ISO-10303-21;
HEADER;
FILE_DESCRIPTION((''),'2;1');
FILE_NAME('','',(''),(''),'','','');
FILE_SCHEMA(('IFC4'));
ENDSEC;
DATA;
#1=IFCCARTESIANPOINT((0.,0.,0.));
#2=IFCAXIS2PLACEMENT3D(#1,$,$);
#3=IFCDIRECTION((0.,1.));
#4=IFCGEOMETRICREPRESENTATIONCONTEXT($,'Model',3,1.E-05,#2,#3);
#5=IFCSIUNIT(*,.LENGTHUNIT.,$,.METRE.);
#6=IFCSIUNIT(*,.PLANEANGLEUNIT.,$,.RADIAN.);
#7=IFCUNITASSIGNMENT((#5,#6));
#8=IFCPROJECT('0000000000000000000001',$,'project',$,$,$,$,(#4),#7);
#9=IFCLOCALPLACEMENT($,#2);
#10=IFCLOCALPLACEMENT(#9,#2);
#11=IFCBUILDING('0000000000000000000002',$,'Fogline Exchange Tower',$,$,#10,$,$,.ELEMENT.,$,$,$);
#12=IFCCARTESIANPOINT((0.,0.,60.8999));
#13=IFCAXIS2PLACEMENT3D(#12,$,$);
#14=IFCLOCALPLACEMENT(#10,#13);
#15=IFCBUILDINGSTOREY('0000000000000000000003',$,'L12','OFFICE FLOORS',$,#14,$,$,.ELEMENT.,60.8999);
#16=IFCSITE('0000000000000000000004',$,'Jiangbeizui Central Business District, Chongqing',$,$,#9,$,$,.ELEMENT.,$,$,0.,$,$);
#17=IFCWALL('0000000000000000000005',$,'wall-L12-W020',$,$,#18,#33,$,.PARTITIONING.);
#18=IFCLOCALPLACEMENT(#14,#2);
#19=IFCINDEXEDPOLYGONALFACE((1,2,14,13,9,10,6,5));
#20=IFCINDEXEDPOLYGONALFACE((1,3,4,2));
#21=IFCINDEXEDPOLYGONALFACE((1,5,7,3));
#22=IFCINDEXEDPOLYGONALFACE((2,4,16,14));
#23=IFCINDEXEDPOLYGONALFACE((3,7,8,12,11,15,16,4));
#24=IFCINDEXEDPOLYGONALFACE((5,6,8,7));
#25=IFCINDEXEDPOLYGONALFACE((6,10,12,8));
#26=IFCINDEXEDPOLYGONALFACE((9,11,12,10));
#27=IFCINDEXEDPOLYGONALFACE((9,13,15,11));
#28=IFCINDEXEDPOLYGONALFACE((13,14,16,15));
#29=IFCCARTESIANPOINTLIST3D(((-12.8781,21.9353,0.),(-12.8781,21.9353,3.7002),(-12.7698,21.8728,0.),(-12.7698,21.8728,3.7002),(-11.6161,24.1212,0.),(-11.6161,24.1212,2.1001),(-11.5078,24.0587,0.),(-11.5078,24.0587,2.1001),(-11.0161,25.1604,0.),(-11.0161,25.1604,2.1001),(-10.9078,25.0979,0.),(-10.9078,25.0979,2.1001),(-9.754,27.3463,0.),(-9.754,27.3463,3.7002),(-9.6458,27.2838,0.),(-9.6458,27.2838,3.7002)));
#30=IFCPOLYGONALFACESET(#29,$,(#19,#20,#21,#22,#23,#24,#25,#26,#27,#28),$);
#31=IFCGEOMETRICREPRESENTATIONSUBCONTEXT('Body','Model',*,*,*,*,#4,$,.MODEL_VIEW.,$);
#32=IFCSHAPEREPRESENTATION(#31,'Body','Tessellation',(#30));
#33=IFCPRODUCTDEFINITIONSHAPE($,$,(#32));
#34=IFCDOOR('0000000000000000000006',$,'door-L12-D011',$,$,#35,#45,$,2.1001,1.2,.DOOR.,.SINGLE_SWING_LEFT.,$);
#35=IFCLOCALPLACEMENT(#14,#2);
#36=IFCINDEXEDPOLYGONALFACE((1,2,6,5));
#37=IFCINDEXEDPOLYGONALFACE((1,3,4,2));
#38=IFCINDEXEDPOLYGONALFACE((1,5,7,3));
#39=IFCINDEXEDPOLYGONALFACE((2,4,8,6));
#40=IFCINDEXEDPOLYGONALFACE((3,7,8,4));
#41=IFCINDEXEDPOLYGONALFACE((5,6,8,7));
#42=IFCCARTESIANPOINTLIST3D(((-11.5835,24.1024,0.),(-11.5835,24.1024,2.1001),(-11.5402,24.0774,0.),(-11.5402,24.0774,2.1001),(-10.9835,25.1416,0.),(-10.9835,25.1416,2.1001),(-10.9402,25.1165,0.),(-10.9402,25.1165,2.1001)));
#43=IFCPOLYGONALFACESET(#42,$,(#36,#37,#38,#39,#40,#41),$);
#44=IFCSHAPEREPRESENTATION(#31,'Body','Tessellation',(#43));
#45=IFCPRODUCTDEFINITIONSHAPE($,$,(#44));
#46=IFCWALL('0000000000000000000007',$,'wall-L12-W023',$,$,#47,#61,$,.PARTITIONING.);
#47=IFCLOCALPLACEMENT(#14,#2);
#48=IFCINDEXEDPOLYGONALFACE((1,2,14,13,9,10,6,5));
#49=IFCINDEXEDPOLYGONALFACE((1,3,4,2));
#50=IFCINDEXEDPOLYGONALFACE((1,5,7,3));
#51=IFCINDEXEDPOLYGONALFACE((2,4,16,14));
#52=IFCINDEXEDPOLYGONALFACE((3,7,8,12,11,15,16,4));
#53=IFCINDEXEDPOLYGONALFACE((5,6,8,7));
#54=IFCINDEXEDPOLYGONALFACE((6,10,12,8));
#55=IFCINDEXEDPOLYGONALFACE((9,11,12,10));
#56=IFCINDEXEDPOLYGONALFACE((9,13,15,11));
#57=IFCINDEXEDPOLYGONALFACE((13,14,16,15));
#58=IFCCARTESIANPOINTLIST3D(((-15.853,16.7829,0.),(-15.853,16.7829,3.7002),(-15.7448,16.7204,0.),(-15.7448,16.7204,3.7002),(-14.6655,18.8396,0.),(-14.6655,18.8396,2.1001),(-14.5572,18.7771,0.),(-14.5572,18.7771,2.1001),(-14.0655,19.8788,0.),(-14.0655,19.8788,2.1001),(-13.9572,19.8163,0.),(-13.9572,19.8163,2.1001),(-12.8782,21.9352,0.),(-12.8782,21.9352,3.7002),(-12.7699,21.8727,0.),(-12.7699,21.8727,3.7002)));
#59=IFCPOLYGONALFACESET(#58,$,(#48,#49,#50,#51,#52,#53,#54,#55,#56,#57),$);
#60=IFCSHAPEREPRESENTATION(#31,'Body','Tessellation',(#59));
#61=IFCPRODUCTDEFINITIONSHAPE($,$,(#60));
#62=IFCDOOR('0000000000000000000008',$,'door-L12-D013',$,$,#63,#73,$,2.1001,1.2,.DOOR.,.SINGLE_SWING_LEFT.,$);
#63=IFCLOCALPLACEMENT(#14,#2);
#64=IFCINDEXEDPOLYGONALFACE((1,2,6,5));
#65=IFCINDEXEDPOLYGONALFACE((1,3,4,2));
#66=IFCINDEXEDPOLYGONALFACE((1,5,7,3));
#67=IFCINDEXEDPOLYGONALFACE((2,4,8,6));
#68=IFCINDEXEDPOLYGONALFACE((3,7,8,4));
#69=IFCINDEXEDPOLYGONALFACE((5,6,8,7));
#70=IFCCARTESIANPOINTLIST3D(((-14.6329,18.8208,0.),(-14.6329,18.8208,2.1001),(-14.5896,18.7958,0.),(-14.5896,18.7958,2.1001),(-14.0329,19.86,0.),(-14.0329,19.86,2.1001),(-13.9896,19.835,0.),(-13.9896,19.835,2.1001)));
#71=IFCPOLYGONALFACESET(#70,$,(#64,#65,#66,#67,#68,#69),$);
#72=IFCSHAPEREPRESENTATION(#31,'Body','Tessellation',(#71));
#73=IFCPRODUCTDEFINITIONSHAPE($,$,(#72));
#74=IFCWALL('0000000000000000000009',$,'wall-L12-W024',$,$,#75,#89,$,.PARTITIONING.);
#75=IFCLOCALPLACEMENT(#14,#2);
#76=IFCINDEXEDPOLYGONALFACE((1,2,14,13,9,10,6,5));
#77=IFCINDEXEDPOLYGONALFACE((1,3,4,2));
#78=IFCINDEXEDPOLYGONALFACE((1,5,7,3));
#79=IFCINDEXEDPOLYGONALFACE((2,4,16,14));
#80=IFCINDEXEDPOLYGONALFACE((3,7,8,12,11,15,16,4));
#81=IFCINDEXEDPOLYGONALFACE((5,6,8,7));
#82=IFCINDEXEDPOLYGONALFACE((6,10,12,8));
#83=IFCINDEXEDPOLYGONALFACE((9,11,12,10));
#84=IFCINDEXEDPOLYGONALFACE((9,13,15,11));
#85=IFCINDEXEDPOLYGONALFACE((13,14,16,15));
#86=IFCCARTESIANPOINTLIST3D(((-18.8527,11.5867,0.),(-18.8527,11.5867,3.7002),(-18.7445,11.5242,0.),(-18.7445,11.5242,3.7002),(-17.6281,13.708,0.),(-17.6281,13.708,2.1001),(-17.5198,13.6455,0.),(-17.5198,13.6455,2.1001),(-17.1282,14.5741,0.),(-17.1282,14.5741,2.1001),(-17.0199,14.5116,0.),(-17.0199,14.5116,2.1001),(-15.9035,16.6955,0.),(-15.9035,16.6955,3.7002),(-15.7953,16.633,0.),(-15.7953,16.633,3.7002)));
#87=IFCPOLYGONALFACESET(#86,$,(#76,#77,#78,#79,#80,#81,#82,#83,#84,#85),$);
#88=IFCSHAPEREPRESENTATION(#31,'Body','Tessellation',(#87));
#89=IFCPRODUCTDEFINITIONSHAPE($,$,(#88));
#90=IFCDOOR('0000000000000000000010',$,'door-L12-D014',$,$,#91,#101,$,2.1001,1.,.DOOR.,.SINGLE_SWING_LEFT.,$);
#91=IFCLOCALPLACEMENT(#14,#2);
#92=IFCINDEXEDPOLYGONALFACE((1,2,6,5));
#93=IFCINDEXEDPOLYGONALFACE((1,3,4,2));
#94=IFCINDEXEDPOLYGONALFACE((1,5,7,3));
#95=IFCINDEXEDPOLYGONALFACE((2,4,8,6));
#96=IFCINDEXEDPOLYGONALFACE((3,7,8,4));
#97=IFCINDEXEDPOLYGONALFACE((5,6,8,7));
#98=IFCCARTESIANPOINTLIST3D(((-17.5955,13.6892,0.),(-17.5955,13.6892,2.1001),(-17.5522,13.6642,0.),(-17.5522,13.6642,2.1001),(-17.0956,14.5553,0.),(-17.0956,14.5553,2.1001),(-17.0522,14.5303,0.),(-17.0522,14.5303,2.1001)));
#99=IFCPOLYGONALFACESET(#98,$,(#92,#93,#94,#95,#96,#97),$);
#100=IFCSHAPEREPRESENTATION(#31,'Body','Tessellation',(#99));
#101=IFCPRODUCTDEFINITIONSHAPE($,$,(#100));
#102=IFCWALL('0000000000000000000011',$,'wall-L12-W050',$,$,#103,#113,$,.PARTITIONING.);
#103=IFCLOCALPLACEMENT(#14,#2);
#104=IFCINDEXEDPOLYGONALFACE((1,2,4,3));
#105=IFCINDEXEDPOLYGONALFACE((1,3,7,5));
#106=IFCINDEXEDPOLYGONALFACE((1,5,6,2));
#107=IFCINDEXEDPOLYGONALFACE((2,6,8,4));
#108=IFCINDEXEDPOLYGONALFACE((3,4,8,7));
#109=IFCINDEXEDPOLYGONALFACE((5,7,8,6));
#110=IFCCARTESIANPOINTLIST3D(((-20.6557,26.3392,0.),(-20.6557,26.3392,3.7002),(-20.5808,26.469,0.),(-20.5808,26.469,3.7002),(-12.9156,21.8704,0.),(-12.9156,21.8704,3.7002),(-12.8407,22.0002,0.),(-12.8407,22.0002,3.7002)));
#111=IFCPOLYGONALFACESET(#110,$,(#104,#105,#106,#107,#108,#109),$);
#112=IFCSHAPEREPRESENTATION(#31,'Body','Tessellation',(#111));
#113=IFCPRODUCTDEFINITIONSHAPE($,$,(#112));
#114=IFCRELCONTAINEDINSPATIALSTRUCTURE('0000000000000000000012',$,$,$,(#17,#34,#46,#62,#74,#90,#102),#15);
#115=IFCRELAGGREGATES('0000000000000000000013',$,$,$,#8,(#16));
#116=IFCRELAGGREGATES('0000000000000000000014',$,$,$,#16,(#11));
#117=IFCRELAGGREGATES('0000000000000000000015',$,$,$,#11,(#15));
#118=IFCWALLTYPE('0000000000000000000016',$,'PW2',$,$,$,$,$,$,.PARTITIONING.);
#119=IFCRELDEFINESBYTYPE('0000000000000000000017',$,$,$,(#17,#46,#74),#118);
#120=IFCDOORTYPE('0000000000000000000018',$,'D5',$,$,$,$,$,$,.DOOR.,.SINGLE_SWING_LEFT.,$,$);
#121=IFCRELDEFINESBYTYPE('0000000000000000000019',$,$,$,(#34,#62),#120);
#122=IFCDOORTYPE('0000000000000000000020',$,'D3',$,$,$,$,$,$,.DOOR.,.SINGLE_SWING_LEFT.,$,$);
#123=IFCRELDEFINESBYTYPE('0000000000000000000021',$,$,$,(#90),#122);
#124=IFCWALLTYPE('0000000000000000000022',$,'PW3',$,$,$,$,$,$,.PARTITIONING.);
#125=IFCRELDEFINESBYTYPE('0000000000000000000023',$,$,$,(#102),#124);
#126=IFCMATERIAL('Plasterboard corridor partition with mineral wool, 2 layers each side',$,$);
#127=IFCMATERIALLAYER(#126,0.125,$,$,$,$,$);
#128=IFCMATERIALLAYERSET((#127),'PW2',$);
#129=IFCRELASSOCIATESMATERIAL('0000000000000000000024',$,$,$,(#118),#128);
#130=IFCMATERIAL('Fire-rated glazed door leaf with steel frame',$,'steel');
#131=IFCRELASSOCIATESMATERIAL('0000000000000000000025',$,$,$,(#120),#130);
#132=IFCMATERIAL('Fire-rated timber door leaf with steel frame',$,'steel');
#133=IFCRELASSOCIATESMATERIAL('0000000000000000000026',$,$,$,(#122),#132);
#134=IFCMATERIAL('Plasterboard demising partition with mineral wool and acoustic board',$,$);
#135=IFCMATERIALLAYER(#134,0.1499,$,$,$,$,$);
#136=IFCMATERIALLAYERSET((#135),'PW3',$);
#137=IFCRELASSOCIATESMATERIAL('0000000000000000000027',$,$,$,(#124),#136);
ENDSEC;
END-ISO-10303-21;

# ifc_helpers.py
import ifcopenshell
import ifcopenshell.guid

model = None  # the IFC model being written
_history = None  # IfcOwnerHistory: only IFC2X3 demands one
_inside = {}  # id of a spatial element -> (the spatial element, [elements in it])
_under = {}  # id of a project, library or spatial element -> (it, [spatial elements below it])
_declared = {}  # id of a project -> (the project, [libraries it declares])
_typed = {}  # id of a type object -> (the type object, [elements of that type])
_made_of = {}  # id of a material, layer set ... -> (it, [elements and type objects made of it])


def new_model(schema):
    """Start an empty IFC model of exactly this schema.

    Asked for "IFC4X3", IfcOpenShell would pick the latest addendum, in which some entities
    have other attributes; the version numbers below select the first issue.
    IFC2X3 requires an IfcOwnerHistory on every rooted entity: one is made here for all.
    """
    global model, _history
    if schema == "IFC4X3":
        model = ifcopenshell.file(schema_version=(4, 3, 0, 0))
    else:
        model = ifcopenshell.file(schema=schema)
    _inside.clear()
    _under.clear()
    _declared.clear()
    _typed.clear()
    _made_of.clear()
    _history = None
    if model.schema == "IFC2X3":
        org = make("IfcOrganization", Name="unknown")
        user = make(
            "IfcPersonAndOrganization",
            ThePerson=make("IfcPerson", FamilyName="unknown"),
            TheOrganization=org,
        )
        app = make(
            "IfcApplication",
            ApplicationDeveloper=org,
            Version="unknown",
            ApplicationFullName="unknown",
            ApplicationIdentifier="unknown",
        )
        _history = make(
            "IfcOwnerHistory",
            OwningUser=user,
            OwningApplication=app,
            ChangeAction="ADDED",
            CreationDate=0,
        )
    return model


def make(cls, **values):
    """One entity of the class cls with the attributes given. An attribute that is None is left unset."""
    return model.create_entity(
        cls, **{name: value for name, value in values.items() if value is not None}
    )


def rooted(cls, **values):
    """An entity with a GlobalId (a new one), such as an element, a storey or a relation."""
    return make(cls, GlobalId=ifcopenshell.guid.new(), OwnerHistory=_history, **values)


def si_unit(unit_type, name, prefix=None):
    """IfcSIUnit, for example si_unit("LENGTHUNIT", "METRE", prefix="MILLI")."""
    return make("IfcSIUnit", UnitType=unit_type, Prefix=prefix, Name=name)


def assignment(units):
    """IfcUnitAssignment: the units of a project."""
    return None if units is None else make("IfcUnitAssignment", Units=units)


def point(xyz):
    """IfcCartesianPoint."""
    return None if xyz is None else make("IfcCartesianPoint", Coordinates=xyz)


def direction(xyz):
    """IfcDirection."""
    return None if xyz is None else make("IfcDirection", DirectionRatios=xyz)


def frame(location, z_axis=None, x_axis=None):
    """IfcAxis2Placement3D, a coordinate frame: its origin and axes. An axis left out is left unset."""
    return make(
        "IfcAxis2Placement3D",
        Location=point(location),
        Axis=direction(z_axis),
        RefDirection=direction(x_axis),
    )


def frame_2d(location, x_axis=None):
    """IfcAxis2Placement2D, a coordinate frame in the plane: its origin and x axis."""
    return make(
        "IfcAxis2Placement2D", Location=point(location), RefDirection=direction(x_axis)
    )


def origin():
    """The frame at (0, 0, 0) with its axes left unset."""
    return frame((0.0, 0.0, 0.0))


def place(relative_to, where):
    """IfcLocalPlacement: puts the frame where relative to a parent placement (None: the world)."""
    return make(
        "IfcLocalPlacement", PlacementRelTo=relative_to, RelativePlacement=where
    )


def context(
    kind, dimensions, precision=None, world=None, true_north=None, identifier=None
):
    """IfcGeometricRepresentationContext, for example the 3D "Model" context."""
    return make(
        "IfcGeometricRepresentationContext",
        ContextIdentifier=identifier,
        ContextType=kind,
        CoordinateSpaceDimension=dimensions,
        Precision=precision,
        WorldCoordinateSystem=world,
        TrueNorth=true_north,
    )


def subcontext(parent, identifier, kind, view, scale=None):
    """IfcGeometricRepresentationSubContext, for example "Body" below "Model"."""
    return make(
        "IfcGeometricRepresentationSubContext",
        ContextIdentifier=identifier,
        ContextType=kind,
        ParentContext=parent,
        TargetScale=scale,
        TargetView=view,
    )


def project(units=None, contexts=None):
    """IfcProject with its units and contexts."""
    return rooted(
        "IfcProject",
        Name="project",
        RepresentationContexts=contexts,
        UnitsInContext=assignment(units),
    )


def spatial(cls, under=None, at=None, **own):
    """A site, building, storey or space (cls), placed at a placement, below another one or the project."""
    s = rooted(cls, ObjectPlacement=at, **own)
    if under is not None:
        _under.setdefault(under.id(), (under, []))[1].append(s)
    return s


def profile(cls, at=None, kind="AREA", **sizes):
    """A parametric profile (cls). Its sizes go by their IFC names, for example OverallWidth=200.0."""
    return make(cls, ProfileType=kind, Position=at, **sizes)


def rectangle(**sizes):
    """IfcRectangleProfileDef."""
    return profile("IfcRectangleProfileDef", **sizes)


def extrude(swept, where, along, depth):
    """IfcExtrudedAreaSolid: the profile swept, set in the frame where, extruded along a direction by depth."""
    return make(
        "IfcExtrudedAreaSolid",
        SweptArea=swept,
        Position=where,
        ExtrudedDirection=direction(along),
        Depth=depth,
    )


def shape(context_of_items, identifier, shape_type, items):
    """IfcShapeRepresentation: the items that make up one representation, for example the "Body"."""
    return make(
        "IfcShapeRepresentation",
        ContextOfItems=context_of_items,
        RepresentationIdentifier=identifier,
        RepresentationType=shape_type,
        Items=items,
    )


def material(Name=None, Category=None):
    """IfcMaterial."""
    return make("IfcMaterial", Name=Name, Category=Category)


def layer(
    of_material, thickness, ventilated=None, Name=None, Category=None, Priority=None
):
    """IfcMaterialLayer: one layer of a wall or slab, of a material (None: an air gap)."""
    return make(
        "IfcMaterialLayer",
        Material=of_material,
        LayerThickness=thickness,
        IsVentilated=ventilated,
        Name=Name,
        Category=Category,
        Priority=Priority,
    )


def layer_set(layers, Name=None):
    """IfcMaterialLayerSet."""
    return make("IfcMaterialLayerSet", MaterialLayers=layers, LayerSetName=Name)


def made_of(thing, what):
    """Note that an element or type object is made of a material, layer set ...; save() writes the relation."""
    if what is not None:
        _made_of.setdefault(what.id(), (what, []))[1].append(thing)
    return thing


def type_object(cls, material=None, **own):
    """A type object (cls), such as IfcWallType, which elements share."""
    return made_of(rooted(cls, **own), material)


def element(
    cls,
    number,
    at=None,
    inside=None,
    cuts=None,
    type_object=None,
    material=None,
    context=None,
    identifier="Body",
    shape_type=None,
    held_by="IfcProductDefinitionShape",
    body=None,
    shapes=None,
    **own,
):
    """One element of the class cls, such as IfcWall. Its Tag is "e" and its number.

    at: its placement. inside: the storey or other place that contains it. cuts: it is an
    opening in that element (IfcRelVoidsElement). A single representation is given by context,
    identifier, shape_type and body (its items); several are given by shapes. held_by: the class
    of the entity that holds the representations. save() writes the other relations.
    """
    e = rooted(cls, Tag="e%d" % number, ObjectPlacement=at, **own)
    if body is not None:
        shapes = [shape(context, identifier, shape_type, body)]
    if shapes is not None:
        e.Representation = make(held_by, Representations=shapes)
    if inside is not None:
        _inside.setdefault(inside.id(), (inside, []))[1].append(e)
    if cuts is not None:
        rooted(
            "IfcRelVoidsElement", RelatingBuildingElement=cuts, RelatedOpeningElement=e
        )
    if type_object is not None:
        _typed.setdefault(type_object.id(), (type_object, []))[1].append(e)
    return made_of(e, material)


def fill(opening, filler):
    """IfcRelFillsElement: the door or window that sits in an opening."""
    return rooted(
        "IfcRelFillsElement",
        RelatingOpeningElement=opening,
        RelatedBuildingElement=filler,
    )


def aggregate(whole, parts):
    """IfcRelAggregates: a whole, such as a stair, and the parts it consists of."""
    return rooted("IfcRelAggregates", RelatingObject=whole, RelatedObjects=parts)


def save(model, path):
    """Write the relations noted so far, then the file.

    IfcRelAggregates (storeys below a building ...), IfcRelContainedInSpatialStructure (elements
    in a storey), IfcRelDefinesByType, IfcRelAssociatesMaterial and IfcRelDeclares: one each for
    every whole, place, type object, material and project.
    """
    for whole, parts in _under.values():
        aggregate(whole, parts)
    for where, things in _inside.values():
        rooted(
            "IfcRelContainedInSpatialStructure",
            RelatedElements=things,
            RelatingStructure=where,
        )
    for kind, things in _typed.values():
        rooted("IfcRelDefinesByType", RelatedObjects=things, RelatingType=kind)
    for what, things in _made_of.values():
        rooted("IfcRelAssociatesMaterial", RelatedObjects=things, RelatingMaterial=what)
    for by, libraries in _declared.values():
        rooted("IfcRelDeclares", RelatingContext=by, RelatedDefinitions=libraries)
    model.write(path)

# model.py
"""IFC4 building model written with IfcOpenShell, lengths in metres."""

from ifc_helpers import new_model, si_unit, direction, frame, frame_2d, origin, place, context, subcontext, project, spatial, rectangle, extrude, material, layer, layer_set, type_object, element, fill, save


model = new_model("IFC4")

# Units and contexts
model_context = context("Model", 3, precision=1e-05, world=origin(), true_north=direction((0.0, 1.0)))
body_context = subcontext(model_context, "Body", "Model", "MODEL_VIEW")
ifc_project = project(units=[si_unit("LENGTHUNIT", "METRE"), si_unit("PLANEANGLEUNIT", "RADIAN")], contexts=[model_context])

# Site, building, storey
site_placement = place(None, origin())
site = spatial("IfcSite", under=ifc_project, at=site_placement, Name="Jiangbeizui Central Business District, Chongqing", CompositionType="ELEMENT", RefElevation=0.0)
building_placement = place(site_placement, origin())
building = spatial("IfcBuilding", under=site, at=building_placement, Name="Fogline Exchange Tower", CompositionType="ELEMENT")
storey_placement = place(building_placement, frame((0.0, 0.0, 60.8999)))
storey = spatial("IfcBuildingStorey", under=building, at=storey_placement, Name="L12", Description="OFFICE FLOORS", CompositionType="ELEMENT", Elevation=60.8999)

# Shared definitions
ifc_material_1 = material(Name="Plasterboard corridor partition with mineral wool, 2 layers each side")
ifc_layer_1 = layer(ifc_material_1, 0.125)
ifc_layer_set_1 = layer_set([ifc_layer_1], Name="PW2")
wall_type_1 = type_object("IfcWallType", Name="PW2", PredefinedType="PARTITIONING", material=ifc_layer_set_1)

# Walls, openings, doors
wall_1_placement = place(storey_placement, frame((-12.824, 21.9041, 0.0), z_axis=(0.0, 0.0, 1.0), x_axis=(0.500005, 0.866022, 0.0)))
wall_1 = element("IfcWall", 1, at=wall_1_placement, inside=storey, type_object=wall_type_1, Name="wall-L12-W020", PredefinedType="PARTITIONING", context=body_context, shape_type="SweptSolid", body=[
    extrude(rectangle(XDim=6.248, YDim=0.125, at=frame_2d((3.124, 0.0))), origin(), (0.0, 0.0, 1.0), 3.7002),
])
opening_1_placement = place(wall_1_placement, frame((2.5239, 0.0, 0.0)))
opening_1 = element("IfcOpeningElement", 2, at=opening_1_placement, cuts=wall_1, PredefinedType="OPENING", context=body_context, shape_type="SweptSolid", body=[
    extrude(rectangle(XDim=1.2, YDim=2.1001, at=frame_2d((0.6001, 1.05))), frame((0.0, 0.0725, 0.0), z_axis=(0.0, -1.0, 0.0), x_axis=(1.0, 0.0, 0.0)), (0.0, 0.0, 1.0), 0.145),
])
ifc_material_2 = material(Name="Fire-rated glazed door leaf with steel frame", Category="steel")
door_type_1 = type_object("IfcDoorType", Name="D5", OperationType="SINGLE_SWING_LEFT", PredefinedType="DOOR", material=ifc_material_2)
door_1_placement = place(opening_1_placement, origin())
door_1 = element("IfcDoor", 3, at=door_1_placement, inside=storey, type_object=door_type_1, Name="door-L12-D011", OperationType="SINGLE_SWING_LEFT", OverallHeight=2.1001, OverallWidth=1.2, PredefinedType="DOOR", context=body_context, shape_type="SweptSolid", body=[
    extrude(rectangle(XDim=1.2, YDim=2.1001, at=frame_2d((0.6001, 1.05))), frame((0.0, 0.0249, 0.0), z_axis=(0.0, -1.0, 0.0), x_axis=(1.0, 0.0, 0.0)), (0.0, 0.0, 1.0), 0.05),
])
fill(opening_1, door_1)
wall_2_placement = place(storey_placement, frame((-15.7988, 16.7517, 0.0), z_axis=(0.0, 0.0, 1.0), x_axis=(0.500018, 0.866015, 0.0)))
wall_2 = element("IfcWall", 4, at=wall_2_placement, inside=storey, type_object=wall_type_1, Name="wall-L12-W023", PredefinedType="PARTITIONING", context=body_context, shape_type="SweptSolid", body=[
    extrude(rectangle(XDim=5.9495, YDim=0.125, at=frame_2d((2.9746, 0.0))), origin(), (0.0, 0.0, 1.0), 3.7002),
])
opening_2_placement = place(wall_2_placement, frame((2.3748, 0.0, 0.0)))
opening_2 = element("IfcOpeningElement", 5, at=opening_2_placement, cuts=wall_2, PredefinedType="OPENING", context=body_context, shape_type="SweptSolid", body=[
    extrude(rectangle(XDim=1.2, YDim=2.1001, at=frame_2d((0.6001, 1.05))), frame((0.0, 0.0725, 0.0), z_axis=(0.0, -1.0, 0.0), x_axis=(1.0, 0.0, 0.0)), (0.0, 0.0, 1.0), 0.145),
])
door_2_placement = place(opening_2_placement, origin())
door_2 = element("IfcDoor", 6, at=door_2_placement, inside=storey, type_object=door_type_1, Name="door-L12-D013", OperationType="SINGLE_SWING_LEFT", OverallHeight=2.1001, OverallWidth=1.2, PredefinedType="DOOR", context=body_context, shape_type="SweptSolid", body=[
    extrude(rectangle(XDim=1.2, YDim=2.1001, at=frame_2d((0.6001, 1.05))), frame((0.0, 0.0249, 0.0), z_axis=(0.0, -1.0, 0.0), x_axis=(1.0, 0.0, 0.0)), (0.0, 0.0, 1.0), 0.05),
])
fill(opening_2, door_2)
wall_3_placement = place(storey_placement, frame((-18.7986, 11.5554, 0.0), z_axis=(0.0, 0.0, 1.0), x_axis=(0.499949, 0.866055, 0.0)))
wall_3 = element("IfcWall", 7, at=wall_3_placement, inside=storey, type_object=wall_type_1, Name="wall-L12-W024", PredefinedType="PARTITIONING", context=body_context, shape_type="SweptSolid", body=[
    extrude(rectangle(XDim=5.8989, YDim=0.125, at=frame_2d((2.9495, 0.0))), origin(), (0.0, 0.0, 1.0), 3.7002),
])
opening_3_placement = place(wall_3_placement, frame((2.4495, 0.0, 0.0)))
opening_3 = element("IfcOpeningElement", 8, at=opening_3_placement, cuts=wall_3, PredefinedType="OPENING", context=body_context, shape_type="SweptSolid", body=[
    extrude(rectangle(XDim=1.0, YDim=2.1001, at=frame_2d((0.5, 1.05))), frame((0.0, 0.0725, 0.0), z_axis=(0.0, -1.0, 0.0), x_axis=(1.0, 0.0, 0.0)), (0.0, 0.0, 1.0), 0.145),
])
ifc_material_3 = material(Name="Fire-rated timber door leaf with steel frame", Category="steel")
door_type_2 = type_object("IfcDoorType", Name="D3", OperationType="SINGLE_SWING_LEFT", PredefinedType="DOOR", material=ifc_material_3)
door_3_placement = place(opening_3_placement, origin())
door_3 = element("IfcDoor", 9, at=door_3_placement, inside=storey, type_object=door_type_2, Name="door-L12-D014", OperationType="SINGLE_SWING_LEFT", OverallHeight=2.1001, OverallWidth=1.0, PredefinedType="DOOR", context=body_context, shape_type="SweptSolid", body=[
    extrude(rectangle(XDim=1.0, YDim=2.1001, at=frame_2d((0.5, 1.05))), frame((0.0, 0.0249, 0.0), z_axis=(0.0, -1.0, 0.0), x_axis=(1.0, 0.0, 0.0)), (0.0, 0.0, 1.0), 0.05),
])
fill(opening_3, door_3)

# Wall
ifc_material_4 = material(Name="Plasterboard demising partition with mineral wool and acoustic board")
ifc_layer_2 = layer(ifc_material_4, 0.1499)
ifc_layer_set_2 = layer_set([ifc_layer_2], Name="PW3")
wall_type_2 = type_object("IfcWallType", Name="PW3", PredefinedType="PARTITIONING", material=ifc_layer_set_2)
wall_4_placement = place(storey_placement, frame((-12.8782, 21.9353, 0.0), z_axis=(0.0, 0.0, 1.0), x_axis=(-0.866022, 0.500005, 0.0)))
element("IfcWall", 10, at=wall_4_placement, inside=storey, type_object=wall_type_2, Name="wall-L12-W050", PredefinedType="PARTITIONING", context=body_context, shape_type="SweptSolid", body=[
    extrude(rectangle(XDim=8.9375, YDim=0.1499, at=frame_2d((4.4688, 0.0))), origin(), (0.0, 0.0, 1.0), 3.7002),
])

save(model, "model.ifc")
